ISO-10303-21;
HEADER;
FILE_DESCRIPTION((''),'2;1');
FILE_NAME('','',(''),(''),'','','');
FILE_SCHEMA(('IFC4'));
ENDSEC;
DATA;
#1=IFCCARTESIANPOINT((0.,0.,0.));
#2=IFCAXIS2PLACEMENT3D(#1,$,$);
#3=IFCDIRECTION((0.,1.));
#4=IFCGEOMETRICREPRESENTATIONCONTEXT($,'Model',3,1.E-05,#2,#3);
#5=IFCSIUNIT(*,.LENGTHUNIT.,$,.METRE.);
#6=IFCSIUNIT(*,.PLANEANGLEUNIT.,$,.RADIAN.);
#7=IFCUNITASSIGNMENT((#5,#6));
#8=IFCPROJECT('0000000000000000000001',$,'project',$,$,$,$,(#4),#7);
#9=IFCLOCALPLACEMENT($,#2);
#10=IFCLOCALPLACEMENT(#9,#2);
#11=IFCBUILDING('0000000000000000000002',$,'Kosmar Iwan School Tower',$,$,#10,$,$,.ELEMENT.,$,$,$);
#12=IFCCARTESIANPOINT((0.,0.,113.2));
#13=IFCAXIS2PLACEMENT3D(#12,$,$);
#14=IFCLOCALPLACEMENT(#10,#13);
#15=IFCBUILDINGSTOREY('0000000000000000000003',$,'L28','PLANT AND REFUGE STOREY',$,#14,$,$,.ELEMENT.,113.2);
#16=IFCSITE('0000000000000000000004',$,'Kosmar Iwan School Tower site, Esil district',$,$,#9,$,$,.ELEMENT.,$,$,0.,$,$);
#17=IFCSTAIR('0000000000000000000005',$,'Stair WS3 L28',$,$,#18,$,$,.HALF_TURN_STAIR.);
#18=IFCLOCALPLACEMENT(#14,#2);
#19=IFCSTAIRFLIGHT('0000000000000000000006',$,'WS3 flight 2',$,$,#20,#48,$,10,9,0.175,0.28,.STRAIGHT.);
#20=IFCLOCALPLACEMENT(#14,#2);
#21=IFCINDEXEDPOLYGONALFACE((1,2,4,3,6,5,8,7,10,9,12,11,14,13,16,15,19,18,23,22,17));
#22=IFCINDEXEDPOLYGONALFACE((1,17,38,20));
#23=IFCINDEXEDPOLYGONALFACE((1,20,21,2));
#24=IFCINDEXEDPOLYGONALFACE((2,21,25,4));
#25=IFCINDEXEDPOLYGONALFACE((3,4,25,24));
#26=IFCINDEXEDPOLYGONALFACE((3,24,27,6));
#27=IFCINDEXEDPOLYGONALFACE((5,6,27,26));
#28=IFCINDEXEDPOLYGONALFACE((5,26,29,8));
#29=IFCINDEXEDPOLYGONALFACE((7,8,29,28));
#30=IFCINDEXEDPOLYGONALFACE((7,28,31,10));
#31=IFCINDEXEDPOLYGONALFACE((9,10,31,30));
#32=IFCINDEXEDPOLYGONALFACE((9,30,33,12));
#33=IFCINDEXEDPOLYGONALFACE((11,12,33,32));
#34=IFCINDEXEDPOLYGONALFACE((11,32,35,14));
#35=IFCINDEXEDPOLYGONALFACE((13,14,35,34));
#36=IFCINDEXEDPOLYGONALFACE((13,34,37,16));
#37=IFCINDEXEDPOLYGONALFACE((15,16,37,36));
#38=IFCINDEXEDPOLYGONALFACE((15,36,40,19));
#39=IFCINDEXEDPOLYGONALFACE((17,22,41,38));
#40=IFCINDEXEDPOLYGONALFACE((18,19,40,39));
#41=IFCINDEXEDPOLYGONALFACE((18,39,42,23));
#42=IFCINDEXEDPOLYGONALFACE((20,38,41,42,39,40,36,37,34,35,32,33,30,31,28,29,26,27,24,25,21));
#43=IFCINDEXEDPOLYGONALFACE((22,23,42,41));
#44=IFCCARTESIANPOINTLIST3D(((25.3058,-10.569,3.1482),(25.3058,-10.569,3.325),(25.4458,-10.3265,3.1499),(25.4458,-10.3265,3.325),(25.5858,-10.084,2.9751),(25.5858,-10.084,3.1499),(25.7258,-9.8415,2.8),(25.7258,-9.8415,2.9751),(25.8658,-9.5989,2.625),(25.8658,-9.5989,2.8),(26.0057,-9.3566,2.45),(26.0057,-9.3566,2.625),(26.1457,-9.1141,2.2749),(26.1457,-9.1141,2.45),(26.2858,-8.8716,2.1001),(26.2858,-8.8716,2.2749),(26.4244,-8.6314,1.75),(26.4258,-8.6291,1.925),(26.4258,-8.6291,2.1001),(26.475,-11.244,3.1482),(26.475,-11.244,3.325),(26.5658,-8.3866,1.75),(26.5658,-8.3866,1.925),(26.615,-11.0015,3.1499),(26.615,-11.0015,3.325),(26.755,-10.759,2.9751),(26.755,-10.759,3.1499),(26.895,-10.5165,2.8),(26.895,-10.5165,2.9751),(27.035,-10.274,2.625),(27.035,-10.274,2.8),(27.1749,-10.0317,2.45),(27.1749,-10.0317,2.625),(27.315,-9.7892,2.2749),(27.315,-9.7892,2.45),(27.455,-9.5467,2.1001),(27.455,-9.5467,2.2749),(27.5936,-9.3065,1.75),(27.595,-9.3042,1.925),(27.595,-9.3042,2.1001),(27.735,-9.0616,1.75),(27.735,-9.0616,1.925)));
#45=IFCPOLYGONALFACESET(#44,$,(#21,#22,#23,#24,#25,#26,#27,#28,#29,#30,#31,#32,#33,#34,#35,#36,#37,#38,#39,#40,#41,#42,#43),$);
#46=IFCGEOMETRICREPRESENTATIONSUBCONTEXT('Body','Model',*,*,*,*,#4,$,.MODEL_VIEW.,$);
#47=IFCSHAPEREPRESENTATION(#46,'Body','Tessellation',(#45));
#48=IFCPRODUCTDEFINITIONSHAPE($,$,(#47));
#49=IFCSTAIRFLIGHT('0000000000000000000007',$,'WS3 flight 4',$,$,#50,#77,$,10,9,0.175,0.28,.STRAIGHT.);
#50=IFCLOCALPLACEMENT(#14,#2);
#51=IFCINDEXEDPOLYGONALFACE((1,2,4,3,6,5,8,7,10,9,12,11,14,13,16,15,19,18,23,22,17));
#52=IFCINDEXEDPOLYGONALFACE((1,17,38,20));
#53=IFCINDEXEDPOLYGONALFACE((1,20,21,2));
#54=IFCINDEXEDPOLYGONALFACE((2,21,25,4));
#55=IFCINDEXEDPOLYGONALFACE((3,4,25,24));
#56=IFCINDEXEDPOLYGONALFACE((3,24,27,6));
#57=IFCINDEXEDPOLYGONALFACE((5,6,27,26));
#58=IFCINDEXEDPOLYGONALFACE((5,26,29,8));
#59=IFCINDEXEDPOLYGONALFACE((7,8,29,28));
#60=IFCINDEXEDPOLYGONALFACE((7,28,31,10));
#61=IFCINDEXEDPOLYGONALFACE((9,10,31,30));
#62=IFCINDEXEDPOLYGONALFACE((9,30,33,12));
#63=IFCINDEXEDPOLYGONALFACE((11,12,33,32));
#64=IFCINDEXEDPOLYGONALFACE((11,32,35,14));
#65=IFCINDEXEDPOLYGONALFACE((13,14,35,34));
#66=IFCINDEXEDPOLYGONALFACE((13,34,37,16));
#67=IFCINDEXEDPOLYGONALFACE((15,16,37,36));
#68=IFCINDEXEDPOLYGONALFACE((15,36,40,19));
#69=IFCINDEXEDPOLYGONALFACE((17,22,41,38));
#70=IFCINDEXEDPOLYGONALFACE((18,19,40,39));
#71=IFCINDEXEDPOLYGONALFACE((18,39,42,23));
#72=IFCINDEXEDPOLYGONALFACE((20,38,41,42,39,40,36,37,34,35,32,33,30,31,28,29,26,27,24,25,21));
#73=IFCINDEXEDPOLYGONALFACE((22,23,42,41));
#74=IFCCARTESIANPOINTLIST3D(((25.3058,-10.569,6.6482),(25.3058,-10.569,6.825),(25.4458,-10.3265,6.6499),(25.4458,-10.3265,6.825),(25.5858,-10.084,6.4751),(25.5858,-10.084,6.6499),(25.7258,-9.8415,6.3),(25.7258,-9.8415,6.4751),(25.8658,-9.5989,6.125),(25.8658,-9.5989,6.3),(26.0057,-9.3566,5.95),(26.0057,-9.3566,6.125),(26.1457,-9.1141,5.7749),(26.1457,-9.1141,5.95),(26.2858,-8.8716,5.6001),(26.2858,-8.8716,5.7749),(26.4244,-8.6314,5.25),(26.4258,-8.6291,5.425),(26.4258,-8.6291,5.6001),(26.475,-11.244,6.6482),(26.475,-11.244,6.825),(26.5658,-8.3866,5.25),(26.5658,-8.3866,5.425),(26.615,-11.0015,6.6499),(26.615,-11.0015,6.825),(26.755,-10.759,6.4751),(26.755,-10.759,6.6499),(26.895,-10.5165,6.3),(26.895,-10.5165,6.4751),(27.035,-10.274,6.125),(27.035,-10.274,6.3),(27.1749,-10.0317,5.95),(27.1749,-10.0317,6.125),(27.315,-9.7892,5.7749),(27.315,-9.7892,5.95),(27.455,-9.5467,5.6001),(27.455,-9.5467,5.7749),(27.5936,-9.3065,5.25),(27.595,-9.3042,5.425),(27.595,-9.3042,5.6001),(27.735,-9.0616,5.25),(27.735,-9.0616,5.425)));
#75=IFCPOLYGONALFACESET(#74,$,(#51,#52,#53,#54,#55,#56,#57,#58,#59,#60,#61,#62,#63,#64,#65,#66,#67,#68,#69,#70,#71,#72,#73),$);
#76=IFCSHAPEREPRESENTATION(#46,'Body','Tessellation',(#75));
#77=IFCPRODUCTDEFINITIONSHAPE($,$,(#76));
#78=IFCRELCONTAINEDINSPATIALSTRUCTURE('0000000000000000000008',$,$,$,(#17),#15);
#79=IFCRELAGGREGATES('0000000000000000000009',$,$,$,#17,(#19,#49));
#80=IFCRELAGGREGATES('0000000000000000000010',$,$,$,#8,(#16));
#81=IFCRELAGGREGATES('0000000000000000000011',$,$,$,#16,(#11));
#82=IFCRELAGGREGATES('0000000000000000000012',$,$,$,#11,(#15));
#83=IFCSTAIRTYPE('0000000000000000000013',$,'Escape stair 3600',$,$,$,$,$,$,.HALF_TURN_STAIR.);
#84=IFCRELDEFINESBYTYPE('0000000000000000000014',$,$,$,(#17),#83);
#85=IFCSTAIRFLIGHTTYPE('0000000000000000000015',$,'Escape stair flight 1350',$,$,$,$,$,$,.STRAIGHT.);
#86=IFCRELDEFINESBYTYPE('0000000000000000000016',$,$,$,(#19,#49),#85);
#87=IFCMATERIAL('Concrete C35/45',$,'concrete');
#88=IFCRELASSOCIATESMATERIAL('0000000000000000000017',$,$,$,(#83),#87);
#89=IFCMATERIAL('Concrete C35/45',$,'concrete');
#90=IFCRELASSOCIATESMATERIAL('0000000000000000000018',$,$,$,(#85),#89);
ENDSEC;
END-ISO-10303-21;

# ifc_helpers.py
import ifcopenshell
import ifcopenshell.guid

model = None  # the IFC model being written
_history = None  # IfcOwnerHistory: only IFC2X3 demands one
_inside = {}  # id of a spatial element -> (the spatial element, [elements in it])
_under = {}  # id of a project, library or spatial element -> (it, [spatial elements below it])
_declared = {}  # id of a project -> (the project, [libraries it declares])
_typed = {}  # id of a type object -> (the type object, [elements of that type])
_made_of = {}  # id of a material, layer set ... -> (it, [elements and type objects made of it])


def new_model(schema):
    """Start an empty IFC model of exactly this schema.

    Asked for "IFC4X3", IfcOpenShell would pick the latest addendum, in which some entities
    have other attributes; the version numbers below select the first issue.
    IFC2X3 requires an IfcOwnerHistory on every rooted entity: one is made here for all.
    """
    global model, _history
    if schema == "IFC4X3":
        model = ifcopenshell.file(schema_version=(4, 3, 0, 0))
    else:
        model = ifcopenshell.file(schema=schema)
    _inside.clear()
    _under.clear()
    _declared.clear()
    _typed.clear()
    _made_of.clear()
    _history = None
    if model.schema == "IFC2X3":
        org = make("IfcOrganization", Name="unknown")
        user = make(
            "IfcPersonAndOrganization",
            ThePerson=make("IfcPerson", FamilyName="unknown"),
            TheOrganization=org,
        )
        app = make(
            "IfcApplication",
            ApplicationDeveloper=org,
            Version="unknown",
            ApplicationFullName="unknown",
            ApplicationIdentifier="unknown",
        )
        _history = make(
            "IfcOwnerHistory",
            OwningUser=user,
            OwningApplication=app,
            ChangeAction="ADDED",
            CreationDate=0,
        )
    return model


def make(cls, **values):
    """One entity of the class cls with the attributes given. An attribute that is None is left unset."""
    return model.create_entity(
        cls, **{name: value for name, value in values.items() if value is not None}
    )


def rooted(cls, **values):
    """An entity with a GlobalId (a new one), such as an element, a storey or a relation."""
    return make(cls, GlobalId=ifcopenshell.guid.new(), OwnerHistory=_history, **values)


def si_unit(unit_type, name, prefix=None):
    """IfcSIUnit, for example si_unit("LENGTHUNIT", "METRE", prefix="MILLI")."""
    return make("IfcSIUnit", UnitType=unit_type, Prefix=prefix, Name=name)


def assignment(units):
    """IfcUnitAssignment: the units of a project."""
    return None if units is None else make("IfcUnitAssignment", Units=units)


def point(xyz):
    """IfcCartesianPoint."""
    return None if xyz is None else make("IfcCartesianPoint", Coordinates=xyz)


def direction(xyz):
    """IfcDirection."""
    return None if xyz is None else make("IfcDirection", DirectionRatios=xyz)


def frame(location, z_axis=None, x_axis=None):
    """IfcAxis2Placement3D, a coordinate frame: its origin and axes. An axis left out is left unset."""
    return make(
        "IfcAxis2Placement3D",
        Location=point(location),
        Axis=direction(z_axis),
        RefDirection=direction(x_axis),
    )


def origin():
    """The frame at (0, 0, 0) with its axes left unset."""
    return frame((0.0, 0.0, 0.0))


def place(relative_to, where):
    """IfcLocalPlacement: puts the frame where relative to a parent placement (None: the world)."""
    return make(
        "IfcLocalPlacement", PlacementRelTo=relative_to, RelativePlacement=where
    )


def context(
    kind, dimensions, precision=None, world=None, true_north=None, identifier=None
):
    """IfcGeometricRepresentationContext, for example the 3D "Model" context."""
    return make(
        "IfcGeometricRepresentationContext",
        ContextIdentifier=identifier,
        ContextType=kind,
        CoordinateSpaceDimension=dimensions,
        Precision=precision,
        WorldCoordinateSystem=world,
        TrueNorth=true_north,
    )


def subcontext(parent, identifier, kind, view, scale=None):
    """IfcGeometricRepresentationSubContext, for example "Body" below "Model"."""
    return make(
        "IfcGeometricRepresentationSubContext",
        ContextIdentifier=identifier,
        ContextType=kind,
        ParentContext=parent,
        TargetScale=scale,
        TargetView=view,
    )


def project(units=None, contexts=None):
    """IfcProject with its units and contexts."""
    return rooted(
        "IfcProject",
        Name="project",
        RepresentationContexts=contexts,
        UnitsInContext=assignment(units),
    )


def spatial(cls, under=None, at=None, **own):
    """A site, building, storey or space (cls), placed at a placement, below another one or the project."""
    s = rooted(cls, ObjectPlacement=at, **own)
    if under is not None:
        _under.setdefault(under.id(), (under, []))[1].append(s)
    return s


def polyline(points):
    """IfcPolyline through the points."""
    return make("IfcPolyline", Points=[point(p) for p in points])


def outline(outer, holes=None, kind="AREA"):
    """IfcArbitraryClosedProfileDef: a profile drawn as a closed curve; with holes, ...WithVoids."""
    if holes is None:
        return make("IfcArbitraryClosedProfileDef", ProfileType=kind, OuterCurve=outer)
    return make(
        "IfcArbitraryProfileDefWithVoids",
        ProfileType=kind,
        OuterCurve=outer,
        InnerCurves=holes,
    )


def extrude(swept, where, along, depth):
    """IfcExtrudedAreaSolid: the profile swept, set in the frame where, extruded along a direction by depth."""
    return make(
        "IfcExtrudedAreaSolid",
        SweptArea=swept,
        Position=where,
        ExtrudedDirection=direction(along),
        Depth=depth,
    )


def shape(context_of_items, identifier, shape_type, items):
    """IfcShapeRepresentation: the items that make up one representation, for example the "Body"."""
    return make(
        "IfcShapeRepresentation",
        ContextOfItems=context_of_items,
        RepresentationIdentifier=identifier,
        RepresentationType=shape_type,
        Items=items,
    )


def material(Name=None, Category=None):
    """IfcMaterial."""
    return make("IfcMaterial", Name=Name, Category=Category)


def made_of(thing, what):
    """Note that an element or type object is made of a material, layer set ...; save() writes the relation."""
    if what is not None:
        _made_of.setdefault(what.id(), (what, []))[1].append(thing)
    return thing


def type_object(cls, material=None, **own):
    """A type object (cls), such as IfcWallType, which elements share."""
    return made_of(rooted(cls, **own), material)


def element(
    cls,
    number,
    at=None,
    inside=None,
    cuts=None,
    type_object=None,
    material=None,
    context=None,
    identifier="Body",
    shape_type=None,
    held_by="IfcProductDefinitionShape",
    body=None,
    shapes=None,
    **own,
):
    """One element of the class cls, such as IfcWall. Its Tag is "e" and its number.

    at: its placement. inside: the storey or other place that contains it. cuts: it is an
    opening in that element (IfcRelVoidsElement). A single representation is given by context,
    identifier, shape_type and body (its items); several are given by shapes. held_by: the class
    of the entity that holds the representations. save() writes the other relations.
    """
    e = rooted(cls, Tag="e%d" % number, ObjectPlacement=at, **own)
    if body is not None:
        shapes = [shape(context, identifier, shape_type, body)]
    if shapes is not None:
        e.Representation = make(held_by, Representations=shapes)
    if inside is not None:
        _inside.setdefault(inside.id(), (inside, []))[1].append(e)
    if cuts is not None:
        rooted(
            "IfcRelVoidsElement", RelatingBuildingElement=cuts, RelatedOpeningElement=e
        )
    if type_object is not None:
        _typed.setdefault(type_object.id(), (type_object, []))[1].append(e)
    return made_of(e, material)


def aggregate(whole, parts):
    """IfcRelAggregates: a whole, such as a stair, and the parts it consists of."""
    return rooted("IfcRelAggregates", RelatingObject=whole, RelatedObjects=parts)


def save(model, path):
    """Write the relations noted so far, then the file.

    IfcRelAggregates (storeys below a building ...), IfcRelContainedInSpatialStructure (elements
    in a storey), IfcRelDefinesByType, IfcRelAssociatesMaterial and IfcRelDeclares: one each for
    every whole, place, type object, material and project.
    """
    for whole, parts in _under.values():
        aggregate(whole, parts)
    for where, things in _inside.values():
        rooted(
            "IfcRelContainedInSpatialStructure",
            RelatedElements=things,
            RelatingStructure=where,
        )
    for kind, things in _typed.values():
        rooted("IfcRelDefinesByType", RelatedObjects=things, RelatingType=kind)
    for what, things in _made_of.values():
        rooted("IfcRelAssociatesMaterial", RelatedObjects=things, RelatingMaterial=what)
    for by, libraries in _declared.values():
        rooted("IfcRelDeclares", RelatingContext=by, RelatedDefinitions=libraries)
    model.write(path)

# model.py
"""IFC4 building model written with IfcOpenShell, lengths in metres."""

from ifc_helpers import new_model, si_unit, direction, frame, origin, place, context, subcontext, project, spatial, polyline, outline, extrude, material, type_object, element, aggregate, save


model = new_model("IFC4")

# Units and contexts
model_context = context("Model", 3, precision=1e-05, world=origin(), true_north=direction((0.0, 1.0)))
body_context = subcontext(model_context, "Body", "Model", "MODEL_VIEW")
ifc_project = project(units=[si_unit("LENGTHUNIT", "METRE"), si_unit("PLANEANGLEUNIT", "RADIAN")], contexts=[model_context])

# Site, building, storey
site_placement = place(None, origin())
site = spatial("IfcSite", under=ifc_project, at=site_placement, Name="Kosmar Iwan School Tower site, Esil district", CompositionType="ELEMENT", RefElevation=0.0)
building_placement = place(site_placement, origin())
building = spatial("IfcBuilding", under=site, at=building_placement, Name="Kosmar Iwan School Tower", CompositionType="ELEMENT")
storey_placement = place(building_placement, frame((0.0, 0.0, 113.2)))
storey = spatial("IfcBuildingStorey", under=building, at=storey_placement, Name="L28", Description="PLANT AND REFUGE STOREY", CompositionType="ELEMENT", Elevation=113.2)

# Stair, stair flights
ifc_material_1 = material(Name="Concrete C35/45", Category="concrete")
stair_type = type_object("IfcStairType", Name="Escape stair 3600", PredefinedType="HALF_TURN_STAIR", material=ifc_material_1)
stair_placement = place(storey_placement, origin())
stair = element("IfcStair", 1, at=stair_placement, inside=storey, type_object=stair_type, Name="Stair WS3 L28", PredefinedType="HALF_TURN_STAIR")
ifc_material_2 = material(Name="Concrete C35/45", Category="concrete")
stair_flight_type = type_object("IfcStairFlightType", Name="Escape stair flight 1350", PredefinedType="STRAIGHT", material=ifc_material_2)
stair_flight_1_placement = place(storey_placement, frame((27.1504, -8.7241, 1.75), z_axis=(0.0, 0.0, 1.0), x_axis=(-0.5, -0.866025, 0.0)))
stair_flight_1 = element("IfcStairFlight", 2, at=stair_flight_1_placement, type_object=stair_flight_type, Name="WS3 flight 2", NumberOfRisers=10, NumberOfTreads=9, PredefinedType="STRAIGHT", RiserHeight=0.175, TreadLength=0.28, context=body_context, shape_type="SweptSolid", body=[
    extrude(outline(polyline([(0.0, 0.0), (0.0, 0.175), (0.28, 0.175), (0.28, 0.3501), (0.5601, 0.3501), (0.5601, 0.5249), (0.8401, 0.5249), (0.8401, 0.7), (1.1201, 0.7), (1.1201, 0.875), (1.3999, 0.875), (1.3999, 1.05), (1.6799, 1.05), (1.6799, 1.2251), (1.96, 1.2251), (1.96, 1.3999), (2.24, 1.3999), (2.24, 1.575), (2.52, 1.575), (2.52, 1.75), (2.52, 1.3982), (0.2827, 0.0), (0.0, 0.0)])), frame((0.0, 0.675, 0.0), z_axis=(0.0, -1.0, 0.0), x_axis=(1.0, 0.0, 0.0)), (0.0, 0.0, 1.0), 1.3501),
])
stair_flight_2_placement = place(storey_placement, frame((27.1504, -8.7241, 5.25), z_axis=(0.0, 0.0, 1.0), x_axis=(-0.5, -0.866025, 0.0)))
stair_flight_2 = element("IfcStairFlight", 3, at=stair_flight_2_placement, type_object=stair_flight_type, Name="WS3 flight 4", NumberOfRisers=10, NumberOfTreads=9, PredefinedType="STRAIGHT", RiserHeight=0.175, TreadLength=0.28, context=body_context, shape_type="SweptSolid", body=[
    extrude(outline(polyline([(0.0, 0.0), (0.0, 0.175), (0.28, 0.175), (0.28, 0.3501), (0.5601, 0.3501), (0.5601, 0.5249), (0.8401, 0.5249), (0.8401, 0.7), (1.1201, 0.7), (1.1201, 0.875), (1.3999, 0.875), (1.3999, 1.05), (1.6799, 1.05), (1.6799, 1.2251), (1.96, 1.2251), (1.96, 1.3999), (2.24, 1.3999), (2.24, 1.575), (2.52, 1.575), (2.52, 1.75), (2.52, 1.3982), (0.2827, 0.0), (0.0, 0.0)])), frame((0.0, 0.675, 0.0), z_axis=(0.0, -1.0, 0.0), x_axis=(1.0, 0.0, 0.0)), (0.0, 0.0, 1.0), 1.3501),
])
aggregate(stair, [stair_flight_1, stair_flight_2])

save(model, "model.ifc")
